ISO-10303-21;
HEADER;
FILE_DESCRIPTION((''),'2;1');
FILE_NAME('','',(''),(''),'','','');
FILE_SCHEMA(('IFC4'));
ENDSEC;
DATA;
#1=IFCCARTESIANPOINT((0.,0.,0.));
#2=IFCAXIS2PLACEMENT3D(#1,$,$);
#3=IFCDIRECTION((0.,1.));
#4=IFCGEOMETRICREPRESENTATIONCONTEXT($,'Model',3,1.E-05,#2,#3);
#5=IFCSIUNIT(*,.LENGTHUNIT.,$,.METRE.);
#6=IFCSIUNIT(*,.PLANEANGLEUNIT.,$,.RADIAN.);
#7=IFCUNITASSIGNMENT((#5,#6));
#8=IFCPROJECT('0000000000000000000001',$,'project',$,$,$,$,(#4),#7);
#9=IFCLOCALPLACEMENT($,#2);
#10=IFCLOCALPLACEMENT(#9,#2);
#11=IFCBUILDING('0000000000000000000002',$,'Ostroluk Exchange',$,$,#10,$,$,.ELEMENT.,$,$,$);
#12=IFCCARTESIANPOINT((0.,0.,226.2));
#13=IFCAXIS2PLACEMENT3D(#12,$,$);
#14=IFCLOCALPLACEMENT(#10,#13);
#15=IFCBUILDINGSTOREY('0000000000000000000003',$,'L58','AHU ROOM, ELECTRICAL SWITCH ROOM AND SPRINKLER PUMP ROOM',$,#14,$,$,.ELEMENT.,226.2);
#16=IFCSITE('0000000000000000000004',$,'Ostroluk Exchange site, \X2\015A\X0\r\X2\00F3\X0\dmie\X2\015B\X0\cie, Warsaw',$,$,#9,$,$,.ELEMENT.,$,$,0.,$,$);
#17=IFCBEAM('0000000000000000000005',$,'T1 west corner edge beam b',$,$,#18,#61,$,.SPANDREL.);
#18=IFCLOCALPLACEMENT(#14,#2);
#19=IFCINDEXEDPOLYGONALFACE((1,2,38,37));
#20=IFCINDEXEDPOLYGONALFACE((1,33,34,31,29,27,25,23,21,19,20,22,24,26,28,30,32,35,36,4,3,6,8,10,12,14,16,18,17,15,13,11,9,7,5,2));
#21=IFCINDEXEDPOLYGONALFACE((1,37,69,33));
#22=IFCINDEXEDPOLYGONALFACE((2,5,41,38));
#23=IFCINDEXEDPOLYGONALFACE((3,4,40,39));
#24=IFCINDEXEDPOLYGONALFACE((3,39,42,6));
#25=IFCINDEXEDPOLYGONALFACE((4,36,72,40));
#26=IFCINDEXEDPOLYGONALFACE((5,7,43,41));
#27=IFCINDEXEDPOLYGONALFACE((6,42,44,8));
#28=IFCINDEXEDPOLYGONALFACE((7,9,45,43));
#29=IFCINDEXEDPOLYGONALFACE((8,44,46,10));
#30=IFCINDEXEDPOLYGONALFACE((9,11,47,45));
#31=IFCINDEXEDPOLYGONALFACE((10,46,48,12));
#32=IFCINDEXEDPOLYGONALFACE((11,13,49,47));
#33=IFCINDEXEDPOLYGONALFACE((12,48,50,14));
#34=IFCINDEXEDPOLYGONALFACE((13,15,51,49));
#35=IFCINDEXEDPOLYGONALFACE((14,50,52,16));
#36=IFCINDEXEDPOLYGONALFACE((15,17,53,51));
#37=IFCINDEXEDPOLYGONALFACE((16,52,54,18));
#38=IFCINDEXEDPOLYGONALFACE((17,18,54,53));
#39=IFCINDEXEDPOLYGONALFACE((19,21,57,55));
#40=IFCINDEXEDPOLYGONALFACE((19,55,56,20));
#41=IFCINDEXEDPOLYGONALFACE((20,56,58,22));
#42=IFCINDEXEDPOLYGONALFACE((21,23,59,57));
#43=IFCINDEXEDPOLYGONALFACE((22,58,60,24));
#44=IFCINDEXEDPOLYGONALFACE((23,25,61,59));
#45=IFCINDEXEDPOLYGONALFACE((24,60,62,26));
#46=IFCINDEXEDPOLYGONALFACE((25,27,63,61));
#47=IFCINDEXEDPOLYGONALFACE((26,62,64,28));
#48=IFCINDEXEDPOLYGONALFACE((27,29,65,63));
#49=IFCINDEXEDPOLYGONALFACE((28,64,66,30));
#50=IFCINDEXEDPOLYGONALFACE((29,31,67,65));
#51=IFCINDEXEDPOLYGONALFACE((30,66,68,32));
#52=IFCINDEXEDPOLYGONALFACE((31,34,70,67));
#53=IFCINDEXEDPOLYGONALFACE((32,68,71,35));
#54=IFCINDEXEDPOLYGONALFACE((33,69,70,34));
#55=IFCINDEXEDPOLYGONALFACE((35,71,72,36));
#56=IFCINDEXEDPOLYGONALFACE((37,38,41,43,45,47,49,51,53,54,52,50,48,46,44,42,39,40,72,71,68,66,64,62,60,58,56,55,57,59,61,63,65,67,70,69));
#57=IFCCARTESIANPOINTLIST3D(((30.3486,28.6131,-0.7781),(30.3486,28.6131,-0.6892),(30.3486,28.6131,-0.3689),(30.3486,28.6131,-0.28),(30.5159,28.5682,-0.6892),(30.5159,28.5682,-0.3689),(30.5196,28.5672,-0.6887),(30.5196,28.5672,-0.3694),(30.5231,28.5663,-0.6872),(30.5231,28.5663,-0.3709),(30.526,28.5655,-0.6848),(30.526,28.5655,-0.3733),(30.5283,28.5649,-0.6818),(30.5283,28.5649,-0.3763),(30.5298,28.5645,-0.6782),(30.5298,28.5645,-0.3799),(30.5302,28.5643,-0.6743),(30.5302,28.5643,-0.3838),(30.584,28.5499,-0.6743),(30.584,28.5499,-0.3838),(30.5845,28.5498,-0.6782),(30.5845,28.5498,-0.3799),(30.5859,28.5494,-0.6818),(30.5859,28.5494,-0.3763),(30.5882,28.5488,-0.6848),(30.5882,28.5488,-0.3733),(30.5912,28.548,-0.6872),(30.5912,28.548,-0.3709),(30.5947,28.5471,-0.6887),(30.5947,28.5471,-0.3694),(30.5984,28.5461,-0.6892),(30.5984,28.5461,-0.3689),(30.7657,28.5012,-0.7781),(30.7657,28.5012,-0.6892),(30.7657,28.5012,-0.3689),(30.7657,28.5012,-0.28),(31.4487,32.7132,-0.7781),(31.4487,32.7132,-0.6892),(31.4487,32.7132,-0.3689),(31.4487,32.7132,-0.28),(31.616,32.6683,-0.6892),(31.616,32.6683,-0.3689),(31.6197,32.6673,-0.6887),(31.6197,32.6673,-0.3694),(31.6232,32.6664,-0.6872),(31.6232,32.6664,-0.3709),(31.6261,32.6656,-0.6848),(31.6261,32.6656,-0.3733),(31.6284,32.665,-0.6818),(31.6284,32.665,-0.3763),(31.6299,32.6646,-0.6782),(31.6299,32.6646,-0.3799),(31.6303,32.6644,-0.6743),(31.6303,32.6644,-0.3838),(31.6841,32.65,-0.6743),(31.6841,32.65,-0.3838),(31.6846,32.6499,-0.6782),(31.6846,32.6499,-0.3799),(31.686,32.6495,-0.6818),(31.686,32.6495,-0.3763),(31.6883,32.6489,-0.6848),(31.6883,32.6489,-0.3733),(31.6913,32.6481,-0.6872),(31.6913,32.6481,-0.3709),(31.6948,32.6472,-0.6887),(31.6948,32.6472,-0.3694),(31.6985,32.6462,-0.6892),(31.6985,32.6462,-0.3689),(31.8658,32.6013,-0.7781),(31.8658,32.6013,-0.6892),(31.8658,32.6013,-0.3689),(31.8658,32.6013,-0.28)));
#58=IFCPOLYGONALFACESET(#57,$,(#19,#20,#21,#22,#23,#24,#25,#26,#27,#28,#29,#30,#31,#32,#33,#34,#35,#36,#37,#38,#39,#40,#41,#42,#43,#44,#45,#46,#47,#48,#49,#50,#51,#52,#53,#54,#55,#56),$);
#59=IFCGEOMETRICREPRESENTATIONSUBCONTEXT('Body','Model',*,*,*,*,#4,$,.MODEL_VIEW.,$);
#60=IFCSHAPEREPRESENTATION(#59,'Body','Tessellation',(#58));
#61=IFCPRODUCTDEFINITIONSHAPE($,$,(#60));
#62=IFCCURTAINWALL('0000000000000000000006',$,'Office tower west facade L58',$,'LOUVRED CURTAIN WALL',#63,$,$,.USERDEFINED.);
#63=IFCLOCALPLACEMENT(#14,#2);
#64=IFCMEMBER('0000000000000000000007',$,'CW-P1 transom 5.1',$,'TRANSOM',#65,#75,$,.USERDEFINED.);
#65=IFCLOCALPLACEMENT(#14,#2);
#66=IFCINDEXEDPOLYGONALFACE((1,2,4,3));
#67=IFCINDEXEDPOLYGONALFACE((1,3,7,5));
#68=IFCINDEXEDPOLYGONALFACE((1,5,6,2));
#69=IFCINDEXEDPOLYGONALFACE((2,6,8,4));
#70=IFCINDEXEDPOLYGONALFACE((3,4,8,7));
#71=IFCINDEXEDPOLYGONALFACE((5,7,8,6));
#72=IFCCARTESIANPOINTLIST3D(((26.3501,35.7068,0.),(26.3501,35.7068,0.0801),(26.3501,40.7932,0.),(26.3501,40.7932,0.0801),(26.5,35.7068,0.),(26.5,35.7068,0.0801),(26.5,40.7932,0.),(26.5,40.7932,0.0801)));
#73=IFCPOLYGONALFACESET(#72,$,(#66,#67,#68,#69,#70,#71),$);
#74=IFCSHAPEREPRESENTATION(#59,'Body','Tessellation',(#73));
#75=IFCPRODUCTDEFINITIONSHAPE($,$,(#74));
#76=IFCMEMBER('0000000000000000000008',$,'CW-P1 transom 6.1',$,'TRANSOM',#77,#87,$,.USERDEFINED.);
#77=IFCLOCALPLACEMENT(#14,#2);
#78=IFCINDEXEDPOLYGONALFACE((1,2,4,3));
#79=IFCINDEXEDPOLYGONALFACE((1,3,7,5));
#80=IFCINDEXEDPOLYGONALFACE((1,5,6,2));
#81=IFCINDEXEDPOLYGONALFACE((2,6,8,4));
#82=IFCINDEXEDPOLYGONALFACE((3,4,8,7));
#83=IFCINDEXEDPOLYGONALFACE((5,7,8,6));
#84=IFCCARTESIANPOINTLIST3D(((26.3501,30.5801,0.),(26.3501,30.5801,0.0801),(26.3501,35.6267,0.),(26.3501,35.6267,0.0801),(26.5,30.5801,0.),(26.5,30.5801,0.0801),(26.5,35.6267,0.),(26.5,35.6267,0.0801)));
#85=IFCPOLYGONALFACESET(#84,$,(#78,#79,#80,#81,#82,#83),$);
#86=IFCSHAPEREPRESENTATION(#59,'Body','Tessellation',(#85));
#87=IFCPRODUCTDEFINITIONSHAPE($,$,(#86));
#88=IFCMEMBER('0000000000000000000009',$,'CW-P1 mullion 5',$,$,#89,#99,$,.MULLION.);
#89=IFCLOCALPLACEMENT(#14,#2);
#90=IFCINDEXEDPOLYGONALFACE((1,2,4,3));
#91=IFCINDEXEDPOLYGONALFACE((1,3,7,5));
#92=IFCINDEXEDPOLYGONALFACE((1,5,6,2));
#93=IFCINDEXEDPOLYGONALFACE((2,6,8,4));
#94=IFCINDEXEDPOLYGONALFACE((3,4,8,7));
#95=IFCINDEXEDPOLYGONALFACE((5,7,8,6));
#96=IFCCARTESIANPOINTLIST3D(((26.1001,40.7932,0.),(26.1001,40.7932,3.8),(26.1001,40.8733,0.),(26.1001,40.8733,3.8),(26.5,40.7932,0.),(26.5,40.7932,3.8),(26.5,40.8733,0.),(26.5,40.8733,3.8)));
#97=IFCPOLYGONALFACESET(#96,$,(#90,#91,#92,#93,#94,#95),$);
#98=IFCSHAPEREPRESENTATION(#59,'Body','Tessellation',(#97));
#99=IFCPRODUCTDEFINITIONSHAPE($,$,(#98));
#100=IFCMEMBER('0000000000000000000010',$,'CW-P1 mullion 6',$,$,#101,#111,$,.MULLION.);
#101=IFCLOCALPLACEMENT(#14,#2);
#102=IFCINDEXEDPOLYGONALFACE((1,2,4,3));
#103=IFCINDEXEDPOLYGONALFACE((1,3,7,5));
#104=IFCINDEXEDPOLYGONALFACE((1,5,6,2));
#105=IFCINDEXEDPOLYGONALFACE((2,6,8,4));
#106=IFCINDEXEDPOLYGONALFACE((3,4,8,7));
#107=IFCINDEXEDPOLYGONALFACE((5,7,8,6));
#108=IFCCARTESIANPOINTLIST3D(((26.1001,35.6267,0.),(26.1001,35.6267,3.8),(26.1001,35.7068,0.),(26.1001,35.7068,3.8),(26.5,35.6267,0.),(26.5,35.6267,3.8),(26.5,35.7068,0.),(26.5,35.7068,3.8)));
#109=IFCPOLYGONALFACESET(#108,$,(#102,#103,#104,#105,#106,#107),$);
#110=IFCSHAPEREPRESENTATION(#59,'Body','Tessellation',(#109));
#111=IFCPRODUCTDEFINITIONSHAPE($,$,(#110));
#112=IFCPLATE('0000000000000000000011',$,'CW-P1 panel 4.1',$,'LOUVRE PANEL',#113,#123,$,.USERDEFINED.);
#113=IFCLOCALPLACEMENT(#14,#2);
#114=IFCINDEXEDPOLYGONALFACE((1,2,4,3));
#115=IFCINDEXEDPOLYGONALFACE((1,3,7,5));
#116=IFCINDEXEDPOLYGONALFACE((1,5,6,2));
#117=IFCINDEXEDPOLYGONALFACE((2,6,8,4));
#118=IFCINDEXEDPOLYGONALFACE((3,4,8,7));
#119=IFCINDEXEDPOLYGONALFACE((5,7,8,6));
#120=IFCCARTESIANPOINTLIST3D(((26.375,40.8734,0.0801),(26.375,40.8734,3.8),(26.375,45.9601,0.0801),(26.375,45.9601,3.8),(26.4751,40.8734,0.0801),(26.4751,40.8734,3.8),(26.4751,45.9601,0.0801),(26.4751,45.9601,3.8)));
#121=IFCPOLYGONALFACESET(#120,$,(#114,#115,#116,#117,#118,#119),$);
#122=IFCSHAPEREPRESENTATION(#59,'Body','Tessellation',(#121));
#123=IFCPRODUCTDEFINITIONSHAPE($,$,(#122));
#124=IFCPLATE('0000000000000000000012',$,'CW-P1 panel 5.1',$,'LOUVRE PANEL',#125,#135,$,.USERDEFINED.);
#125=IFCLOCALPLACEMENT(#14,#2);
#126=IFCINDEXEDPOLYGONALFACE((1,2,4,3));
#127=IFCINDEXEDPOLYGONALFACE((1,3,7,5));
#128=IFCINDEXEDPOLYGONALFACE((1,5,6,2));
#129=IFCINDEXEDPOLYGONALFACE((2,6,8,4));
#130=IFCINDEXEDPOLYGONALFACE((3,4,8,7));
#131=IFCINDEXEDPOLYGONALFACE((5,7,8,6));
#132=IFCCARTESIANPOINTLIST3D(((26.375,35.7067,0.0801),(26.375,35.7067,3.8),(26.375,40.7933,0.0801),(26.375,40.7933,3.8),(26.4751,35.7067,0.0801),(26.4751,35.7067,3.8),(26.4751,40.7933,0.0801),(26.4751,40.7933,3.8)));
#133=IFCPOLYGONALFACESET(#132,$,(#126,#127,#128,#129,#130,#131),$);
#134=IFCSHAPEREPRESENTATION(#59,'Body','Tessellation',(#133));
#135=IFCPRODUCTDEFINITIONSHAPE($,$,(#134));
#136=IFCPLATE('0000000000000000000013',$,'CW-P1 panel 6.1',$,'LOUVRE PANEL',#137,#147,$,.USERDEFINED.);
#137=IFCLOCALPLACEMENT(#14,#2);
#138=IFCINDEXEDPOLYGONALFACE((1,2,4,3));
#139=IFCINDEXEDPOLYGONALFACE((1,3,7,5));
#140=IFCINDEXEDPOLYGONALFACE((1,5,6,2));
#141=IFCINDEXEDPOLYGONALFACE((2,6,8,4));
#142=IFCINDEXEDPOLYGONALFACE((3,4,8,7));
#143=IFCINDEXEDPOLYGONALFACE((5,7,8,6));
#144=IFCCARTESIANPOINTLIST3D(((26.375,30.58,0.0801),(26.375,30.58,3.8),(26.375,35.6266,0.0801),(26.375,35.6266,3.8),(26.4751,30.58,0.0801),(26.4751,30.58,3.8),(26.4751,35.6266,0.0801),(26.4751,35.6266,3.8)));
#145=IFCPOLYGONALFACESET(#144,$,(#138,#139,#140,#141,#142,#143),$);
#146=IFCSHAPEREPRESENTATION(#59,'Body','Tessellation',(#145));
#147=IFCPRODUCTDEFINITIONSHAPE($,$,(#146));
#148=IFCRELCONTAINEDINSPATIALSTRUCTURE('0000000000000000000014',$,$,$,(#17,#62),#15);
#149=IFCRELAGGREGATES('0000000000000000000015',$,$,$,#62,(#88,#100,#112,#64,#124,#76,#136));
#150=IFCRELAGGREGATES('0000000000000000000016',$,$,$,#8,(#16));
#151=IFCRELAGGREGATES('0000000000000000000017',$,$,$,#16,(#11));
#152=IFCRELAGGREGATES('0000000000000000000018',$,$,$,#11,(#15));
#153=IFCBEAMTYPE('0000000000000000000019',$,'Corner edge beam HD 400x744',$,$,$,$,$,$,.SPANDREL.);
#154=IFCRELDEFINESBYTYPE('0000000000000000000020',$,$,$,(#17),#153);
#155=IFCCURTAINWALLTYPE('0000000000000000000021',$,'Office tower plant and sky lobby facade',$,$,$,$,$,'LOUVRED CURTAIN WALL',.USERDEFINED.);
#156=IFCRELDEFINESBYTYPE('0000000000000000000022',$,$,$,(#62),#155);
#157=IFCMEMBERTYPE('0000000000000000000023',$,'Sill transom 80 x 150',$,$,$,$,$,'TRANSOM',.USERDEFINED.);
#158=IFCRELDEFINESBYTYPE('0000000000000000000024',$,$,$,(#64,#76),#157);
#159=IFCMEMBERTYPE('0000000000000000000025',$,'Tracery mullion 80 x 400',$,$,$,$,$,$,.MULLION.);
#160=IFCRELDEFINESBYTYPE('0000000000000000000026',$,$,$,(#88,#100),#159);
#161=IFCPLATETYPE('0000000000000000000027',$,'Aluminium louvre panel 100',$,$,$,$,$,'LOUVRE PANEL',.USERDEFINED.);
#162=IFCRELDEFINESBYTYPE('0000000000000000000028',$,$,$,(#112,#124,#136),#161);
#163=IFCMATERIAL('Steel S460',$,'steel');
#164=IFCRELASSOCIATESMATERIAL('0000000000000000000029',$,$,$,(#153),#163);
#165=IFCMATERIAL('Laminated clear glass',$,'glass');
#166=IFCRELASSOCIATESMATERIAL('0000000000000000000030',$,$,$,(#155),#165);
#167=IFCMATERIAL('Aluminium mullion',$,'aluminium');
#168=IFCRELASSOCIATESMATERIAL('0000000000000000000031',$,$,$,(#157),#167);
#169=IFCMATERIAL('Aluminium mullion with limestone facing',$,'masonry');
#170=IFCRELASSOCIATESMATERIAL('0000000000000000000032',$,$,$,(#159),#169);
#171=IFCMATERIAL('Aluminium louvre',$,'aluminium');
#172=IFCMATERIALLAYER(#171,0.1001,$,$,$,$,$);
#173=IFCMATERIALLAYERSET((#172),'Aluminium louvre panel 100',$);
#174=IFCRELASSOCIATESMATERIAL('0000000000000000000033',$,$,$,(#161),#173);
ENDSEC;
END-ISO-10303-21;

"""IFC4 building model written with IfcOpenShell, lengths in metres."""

from ifc_helpers import new_model, si_unit, direction, frame, origin, origin_2d, place, context, subcontext, project, spatial, rectangle, i_section, extrude, material, layer, layer_set, material_profile, profile_set, type_object, element, aggregate, save


model = new_model("IFC4")

# Units and contexts
model_context = context("Model", 3, precision=1e-05, world=origin(), true_north=direction((0.0, 1.0)))
body_context = subcontext(model_context, "Body", "Model", "MODEL_VIEW")
ifc_project = project(units=[si_unit("LENGTHUNIT", "METRE"), si_unit("PLANEANGLEUNIT", "RADIAN")], contexts=[model_context])

# Site, building, storey
site_placement = place(None, origin())
site = spatial("IfcSite", under=ifc_project, at=site_placement, Name="Ostroluk Exchange site, Śródmieście, Warsaw", CompositionType="ELEMENT", RefElevation=0.0)
building_placement = place(site_placement, origin())
building = spatial("IfcBuilding", under=site, at=building_placement, Name="Ostroluk Exchange", CompositionType="ELEMENT")
storey_placement = place(building_placement, frame((0.0, 0.0, 226.2)))
storey = spatial("IfcBuildingStorey", under=building, at=storey_placement, Name="L58", Description="AHU ROOM, ELECTRICAL SWITCH ROOM AND SPRINKLER PUMP ROOM", CompositionType="ELEMENT", Elevation=226.2)

# Beam
ifc_material_1 = material(Name="Steel S460", Category="steel")
ifc_material_profile_1 = material_profile(ifc_material_1, i_section(OverallWidth=0.4319, OverallDepth=0.498, WebThickness=0.0557, FlangeThickness=0.0889, FilletRadius=0.0149, at=origin_2d()), Name="HD 400x744")
ifc_profile_set_1 = profile_set([ifc_material_profile_1], Name="Steel S460")
beam_type_1 = type_object("IfcBeamType", Name="Corner edge beam HD 400x744", PredefinedType="SPANDREL", material=ifc_profile_set_1)
for number, where, z_axis, x_axis, name in (
    (1, (31.6572, 32.6572, -0.5291), (-0.259144, -0.965839, 0.0), (0.965839, -0.259144, 0.0), "T1 west corner edge beam b"),
):
    element("IfcBeam", number, at=place(storey_placement, frame(where, z_axis=z_axis, x_axis=x_axis)), inside=storey, type_object=beam_type_1, Name=name, PredefinedType="SPANDREL", context=body_context, shape_type="SweptSolid", body=[
        extrude(i_section(OverallWidth=0.4319, OverallDepth=0.498, WebThickness=0.0557, FlangeThickness=0.0889, FilletRadius=0.0149, at=origin_2d()), origin(), (0.0, 0.0, 1.0), 4.2451),
    ])

# Curtain wall, members, plates
ifc_material_2 = material(Name="Laminated clear glass", Category="glass")
curtain_wall_type = type_object("IfcCurtainWallType", Name="Office tower plant and sky lobby facade", ElementType="LOUVRED CURTAIN WALL", PredefinedType="USERDEFINED", material=ifc_material_2)
curtain_wall_placement = place(storey_placement, origin())
curtain_wall = element("IfcCurtainWall", 2, at=curtain_wall_placement, inside=storey, type_object=curtain_wall_type, Name="Office tower west facade L58", ObjectType="LOUVRED CURTAIN WALL", PredefinedType="USERDEFINED")
ifc_material_3 = material(Name="Aluminium mullion", Category="aluminium")
ifc_material_profile_2 = material_profile(ifc_material_3, rectangle(XDim=0.1499, YDim=0.0801, at=origin_2d()), Name="Sill transom 80 x 150")
ifc_profile_set_2 = profile_set([ifc_material_profile_2], Name="Aluminium mullion")
member_type_1 = type_object("IfcMemberType", Name="Sill transom 80 x 150", ElementType="TRANSOM", PredefinedType="USERDEFINED", material=ifc_profile_set_2)
member_1_placement = place(storey_placement, frame((26.425, 40.7932, 0.04), z_axis=(0.0, -1.0, 0.0), x_axis=(1.0, 0.0, 0.0)))
member_1 = element("IfcMember", 3, at=member_1_placement, type_object=member_type_1, Name="CW-P1 transom 5.1", ObjectType="TRANSOM", PredefinedType="USERDEFINED", context=body_context, shape_type="SweptSolid", body=[
    extrude(rectangle(XDim=0.1499, YDim=0.0801, at=origin_2d()), origin(), (0.0, 0.0, 1.0), 5.0864),
])
member_2_placement = place(storey_placement, frame((26.425, 35.6267, 0.04), z_axis=(0.0, -1.0, 0.0), x_axis=(1.0, 0.0, 0.0)))
member_2 = element("IfcMember", 4, at=member_2_placement, type_object=member_type_1, Name="CW-P1 transom 6.1", ObjectType="TRANSOM", PredefinedType="USERDEFINED", context=body_context, shape_type="SweptSolid", body=[
    extrude(rectangle(XDim=0.1499, YDim=0.0801, at=origin_2d()), origin(), (0.0, 0.0, 1.0), 5.0466),
])
ifc_material_4 = material(Name="Aluminium mullion with limestone facing", Category="masonry")
ifc_material_profile_3 = material_profile(ifc_material_4, rectangle(XDim=0.3999, YDim=0.0801, at=origin_2d()), Name="Tracery mullion 80 x 400")
ifc_profile_set_3 = profile_set([ifc_material_profile_3], Name="Aluminium mullion with limestone facing")
member_type_2 = type_object("IfcMemberType", Name="Tracery mullion 80 x 400", PredefinedType="MULLION", material=ifc_profile_set_3)
member_3_placement = place(storey_placement, frame((26.3, 40.8333, 0.0), z_axis=(0.0, 0.0, 1.0), x_axis=(1.0, 0.0, 0.0)))
member_3 = element("IfcMember", 5, at=member_3_placement, type_object=member_type_2, Name="CW-P1 mullion 5", PredefinedType="MULLION", context=body_context, shape_type="SweptSolid", body=[
    extrude(rectangle(XDim=0.3999, YDim=0.0801, at=origin_2d()), origin(), (0.0, 0.0, 1.0), 3.8),
])
member_4_placement = place(storey_placement, frame((26.3, 35.6667, 0.0), z_axis=(0.0, 0.0, 1.0), x_axis=(1.0, 0.0, 0.0)))
member_4 = element("IfcMember", 6, at=member_4_placement, type_object=member_type_2, Name="CW-P1 mullion 6", PredefinedType="MULLION", context=body_context, shape_type="SweptSolid", body=[
    extrude(rectangle(XDim=0.3999, YDim=0.0801, at=origin_2d()), origin(), (0.0, 0.0, 1.0), 3.8),
])
ifc_material_5 = material(Name="Aluminium louvre", Category="aluminium")
ifc_layer_1 = layer(ifc_material_5, 0.1001)
ifc_layer_set_1 = layer_set([ifc_layer_1], Name="Aluminium louvre panel 100")
plate_type = type_object("IfcPlateType", Name="Aluminium louvre panel 100", ElementType="LOUVRE PANEL", PredefinedType="USERDEFINED", material=ifc_layer_set_1)
plate_1_placement = place(storey_placement, frame((26.425, 43.4167, 0.0801), z_axis=(0.0, 0.0, 1.0), x_axis=(0.0, -1.0, 0.0)))
plate_1 = element("IfcPlate", 7, at=plate_1_placement, type_object=plate_type, Name="CW-P1 panel 4.1", ObjectType="LOUVRE PANEL", PredefinedType="USERDEFINED", context=body_context, shape_type="SweptSolid", body=[
    extrude(rectangle(XDim=5.0867, YDim=0.1001, at=origin_2d()), origin(), (0.0, 0.0, 1.0), 3.72),
])
plate_2_placement = place(storey_placement, frame((26.425, 38.25, 0.0801), z_axis=(0.0, 0.0, 1.0), x_axis=(0.0, -1.0, 0.0)))
plate_2 = element("IfcPlate", 8, at=plate_2_placement, type_object=plate_type, Name="CW-P1 panel 5.1", ObjectType="LOUVRE PANEL", PredefinedType="USERDEFINED", context=body_context, shape_type="SweptSolid", body=[
    extrude(rectangle(XDim=5.0867, YDim=0.1001, at=origin_2d()), origin(), (0.0, 0.0, 1.0), 3.72),
])
plate_3_placement = place(storey_placement, frame((26.425, 33.1033, 0.0801), z_axis=(0.0, 0.0, 1.0), x_axis=(0.0, -1.0, 0.0)))
plate_3 = element("IfcPlate", 9, at=plate_3_placement, type_object=plate_type, Name="CW-P1 panel 6.1", ObjectType="LOUVRE PANEL", PredefinedType="USERDEFINED", context=body_context, shape_type="SweptSolid", body=[
    extrude(rectangle(XDim=5.0466, YDim=0.1001, at=origin_2d()), origin(), (0.0, 0.0, 1.0), 3.72),
])
aggregate(curtain_wall, [member_3, member_4, plate_1, member_1, plate_2, member_2, plate_3])

save(model, "model.ifc")
